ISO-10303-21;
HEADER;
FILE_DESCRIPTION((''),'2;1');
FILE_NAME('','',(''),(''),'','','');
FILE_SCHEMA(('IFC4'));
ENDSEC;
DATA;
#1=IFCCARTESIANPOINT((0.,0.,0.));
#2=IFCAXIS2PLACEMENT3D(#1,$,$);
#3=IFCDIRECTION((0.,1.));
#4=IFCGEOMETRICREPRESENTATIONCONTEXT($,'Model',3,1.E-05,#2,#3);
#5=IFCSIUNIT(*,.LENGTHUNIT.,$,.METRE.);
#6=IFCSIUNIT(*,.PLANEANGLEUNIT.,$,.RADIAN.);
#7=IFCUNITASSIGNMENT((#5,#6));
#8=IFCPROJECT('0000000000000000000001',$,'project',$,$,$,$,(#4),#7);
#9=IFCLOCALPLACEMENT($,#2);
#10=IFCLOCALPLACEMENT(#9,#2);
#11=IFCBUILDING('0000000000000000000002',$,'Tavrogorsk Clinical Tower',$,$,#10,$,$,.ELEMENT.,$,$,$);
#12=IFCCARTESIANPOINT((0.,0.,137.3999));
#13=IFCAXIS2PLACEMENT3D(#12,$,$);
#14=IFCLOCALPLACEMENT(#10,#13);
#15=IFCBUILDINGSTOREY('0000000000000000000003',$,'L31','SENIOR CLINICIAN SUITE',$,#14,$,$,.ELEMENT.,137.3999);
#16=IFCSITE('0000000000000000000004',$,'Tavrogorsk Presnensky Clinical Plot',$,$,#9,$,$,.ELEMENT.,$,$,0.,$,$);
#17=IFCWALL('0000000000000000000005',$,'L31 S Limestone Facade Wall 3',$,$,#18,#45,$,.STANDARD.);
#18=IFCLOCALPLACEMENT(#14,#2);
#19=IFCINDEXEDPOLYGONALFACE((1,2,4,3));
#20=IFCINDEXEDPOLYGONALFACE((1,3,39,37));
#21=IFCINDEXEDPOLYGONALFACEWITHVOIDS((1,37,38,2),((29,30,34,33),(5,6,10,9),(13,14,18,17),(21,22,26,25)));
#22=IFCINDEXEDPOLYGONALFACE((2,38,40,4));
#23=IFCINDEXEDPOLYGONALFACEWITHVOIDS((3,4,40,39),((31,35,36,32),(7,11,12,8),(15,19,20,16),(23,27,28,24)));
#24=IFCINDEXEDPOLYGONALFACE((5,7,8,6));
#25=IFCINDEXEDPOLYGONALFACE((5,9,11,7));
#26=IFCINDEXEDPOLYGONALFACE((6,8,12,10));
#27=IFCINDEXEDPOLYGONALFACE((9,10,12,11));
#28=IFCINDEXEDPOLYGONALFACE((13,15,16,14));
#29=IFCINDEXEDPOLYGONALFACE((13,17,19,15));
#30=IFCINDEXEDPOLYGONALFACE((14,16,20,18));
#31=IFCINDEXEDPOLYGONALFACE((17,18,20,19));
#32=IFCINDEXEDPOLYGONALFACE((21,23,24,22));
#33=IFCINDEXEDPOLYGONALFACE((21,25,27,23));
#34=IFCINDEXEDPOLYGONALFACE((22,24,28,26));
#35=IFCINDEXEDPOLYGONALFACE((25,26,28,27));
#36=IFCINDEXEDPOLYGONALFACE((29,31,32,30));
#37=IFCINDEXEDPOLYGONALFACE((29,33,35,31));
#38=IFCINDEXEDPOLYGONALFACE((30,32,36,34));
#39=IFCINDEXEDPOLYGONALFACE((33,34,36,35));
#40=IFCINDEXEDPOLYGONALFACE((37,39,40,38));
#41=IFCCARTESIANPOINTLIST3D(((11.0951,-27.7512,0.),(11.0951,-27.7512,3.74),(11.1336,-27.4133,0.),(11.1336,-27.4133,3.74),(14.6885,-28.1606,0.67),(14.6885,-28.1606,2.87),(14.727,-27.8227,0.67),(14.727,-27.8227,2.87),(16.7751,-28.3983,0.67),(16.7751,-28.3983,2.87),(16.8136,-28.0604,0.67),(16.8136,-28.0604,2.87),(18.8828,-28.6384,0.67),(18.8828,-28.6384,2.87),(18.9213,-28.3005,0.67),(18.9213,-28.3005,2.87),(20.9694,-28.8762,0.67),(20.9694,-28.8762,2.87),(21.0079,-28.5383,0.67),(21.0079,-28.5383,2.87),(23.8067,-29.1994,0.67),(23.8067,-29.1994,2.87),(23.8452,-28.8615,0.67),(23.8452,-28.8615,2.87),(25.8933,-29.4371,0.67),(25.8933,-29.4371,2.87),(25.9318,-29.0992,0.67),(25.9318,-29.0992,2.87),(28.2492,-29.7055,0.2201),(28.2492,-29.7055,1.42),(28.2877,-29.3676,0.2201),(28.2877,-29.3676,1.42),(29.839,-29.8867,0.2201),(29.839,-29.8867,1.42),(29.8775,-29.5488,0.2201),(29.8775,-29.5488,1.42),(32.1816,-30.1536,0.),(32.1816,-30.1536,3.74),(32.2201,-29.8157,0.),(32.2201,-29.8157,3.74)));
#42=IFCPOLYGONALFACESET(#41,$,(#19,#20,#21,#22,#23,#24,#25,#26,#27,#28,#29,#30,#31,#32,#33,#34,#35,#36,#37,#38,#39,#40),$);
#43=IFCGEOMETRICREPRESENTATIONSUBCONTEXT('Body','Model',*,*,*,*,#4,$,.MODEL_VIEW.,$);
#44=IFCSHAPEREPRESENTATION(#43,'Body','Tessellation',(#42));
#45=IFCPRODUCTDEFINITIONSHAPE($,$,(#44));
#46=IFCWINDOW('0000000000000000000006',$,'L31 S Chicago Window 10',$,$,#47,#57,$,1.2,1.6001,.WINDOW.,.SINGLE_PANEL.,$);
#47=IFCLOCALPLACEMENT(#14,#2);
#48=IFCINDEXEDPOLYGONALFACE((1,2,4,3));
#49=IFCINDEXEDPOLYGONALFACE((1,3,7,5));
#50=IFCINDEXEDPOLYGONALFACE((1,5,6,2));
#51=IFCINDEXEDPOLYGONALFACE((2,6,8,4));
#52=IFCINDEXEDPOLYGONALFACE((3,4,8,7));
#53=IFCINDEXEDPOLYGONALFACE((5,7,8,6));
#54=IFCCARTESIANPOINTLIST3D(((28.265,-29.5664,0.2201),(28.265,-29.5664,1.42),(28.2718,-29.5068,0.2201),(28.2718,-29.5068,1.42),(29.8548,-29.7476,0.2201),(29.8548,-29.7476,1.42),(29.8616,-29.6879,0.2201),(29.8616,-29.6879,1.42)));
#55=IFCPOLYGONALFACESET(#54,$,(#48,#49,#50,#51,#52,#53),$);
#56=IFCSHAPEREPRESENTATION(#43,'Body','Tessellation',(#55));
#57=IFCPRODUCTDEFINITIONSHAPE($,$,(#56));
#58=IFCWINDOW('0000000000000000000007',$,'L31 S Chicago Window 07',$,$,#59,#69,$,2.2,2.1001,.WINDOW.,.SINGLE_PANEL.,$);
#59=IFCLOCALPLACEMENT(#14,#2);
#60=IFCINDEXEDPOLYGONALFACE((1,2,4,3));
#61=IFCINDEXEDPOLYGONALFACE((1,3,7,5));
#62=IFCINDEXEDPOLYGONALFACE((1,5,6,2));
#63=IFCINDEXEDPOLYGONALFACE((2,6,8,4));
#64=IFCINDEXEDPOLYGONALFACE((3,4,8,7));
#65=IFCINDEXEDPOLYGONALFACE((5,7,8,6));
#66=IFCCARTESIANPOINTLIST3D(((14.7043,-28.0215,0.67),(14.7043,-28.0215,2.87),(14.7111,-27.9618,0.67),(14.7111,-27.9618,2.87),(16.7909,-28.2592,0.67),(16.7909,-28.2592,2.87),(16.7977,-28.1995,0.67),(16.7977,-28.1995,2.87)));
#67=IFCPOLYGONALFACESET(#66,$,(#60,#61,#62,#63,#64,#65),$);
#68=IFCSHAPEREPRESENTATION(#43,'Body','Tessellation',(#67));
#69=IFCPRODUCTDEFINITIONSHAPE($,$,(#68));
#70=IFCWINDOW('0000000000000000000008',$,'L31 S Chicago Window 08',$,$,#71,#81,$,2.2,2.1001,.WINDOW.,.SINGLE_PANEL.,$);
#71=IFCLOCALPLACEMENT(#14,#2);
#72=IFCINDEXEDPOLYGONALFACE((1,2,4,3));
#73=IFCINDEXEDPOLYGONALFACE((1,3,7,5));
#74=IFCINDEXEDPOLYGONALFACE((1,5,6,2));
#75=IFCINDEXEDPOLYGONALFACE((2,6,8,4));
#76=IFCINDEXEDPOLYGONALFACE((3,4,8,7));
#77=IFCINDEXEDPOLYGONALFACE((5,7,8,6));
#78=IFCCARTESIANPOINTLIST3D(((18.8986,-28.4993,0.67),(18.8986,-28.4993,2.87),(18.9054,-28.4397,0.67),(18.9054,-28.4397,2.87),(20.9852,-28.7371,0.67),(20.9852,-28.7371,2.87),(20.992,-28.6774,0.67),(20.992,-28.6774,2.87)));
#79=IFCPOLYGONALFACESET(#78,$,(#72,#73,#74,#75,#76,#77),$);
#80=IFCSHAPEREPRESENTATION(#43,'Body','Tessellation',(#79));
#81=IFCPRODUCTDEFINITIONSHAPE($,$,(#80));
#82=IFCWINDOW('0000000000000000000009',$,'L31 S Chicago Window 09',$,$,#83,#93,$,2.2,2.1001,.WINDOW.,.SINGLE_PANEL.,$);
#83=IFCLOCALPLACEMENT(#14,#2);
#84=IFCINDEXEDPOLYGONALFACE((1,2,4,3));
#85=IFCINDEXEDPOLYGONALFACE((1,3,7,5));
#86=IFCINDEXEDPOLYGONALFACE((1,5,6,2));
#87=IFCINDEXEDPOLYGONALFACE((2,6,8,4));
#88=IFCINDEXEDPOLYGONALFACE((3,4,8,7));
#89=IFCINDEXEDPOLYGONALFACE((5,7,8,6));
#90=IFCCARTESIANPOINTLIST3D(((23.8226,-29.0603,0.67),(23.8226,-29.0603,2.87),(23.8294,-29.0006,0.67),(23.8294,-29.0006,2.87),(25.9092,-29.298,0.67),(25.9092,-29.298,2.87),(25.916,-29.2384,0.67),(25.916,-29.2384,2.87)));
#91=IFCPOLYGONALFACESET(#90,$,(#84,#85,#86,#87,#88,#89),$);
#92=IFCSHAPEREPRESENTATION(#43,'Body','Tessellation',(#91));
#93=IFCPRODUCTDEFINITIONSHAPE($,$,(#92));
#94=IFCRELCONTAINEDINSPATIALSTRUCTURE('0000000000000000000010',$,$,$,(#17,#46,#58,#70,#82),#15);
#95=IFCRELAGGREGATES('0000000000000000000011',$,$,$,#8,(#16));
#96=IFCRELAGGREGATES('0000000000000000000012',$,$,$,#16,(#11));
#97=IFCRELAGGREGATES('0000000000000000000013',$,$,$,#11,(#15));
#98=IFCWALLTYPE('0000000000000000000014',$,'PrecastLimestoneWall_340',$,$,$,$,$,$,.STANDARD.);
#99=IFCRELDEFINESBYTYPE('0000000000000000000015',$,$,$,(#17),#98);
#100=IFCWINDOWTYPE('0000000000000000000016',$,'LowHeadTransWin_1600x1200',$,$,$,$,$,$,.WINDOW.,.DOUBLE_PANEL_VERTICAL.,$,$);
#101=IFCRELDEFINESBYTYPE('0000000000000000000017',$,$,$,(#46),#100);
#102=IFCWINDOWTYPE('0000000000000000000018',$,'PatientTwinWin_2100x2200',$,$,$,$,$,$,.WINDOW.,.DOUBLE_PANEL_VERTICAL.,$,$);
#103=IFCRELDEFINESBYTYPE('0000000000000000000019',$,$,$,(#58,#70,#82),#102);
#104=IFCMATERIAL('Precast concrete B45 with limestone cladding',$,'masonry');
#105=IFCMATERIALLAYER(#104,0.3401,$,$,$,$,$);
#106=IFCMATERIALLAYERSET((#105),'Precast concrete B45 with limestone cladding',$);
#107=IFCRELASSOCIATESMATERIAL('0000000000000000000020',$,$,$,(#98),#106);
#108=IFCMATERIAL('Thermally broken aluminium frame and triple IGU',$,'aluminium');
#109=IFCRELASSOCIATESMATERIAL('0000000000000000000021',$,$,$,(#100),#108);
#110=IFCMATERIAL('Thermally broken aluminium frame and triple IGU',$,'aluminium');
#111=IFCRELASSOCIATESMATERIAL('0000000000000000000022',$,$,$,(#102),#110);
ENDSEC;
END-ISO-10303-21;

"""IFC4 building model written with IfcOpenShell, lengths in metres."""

from ifc_helpers import new_model, si_unit, direction, frame, frame_2d, origin, place, context, subcontext, project, spatial, rectangle, extrude, material, layer, layer_set, type_object, element, fill, save


model = new_model("IFC4")

# Units and contexts
model_context = context("Model", 3, precision=1e-05, world=origin(), true_north=direction((0.0, 1.0)))
body_context = subcontext(model_context, "Body", "Model", "MODEL_VIEW")
ifc_project = project(units=[si_unit("LENGTHUNIT", "METRE"), si_unit("PLANEANGLEUNIT", "RADIAN")], contexts=[model_context])

# Site, building, storey
site_placement = place(None, origin())
site = spatial("IfcSite", under=ifc_project, at=site_placement, Name="Tavrogorsk Presnensky Clinical Plot", CompositionType="ELEMENT", RefElevation=0.0)
building_placement = place(site_placement, origin())
building = spatial("IfcBuilding", under=site, at=building_placement, Name="Tavrogorsk Clinical Tower", CompositionType="ELEMENT")
storey_placement = place(building_placement, frame((0.0, 0.0, 137.3999)))
storey = spatial("IfcBuildingStorey", under=building, at=storey_placement, Name="L31", Description="SENIOR CLINICIAN SUITE", CompositionType="ELEMENT", Elevation=137.3999)

# Wall, openings, windows
ifc_material_1 = material(Name="Precast concrete B45 with limestone cladding", Category="masonry")
ifc_layer_1 = layer(ifc_material_1, 0.3401)
ifc_layer_set_1 = layer_set([ifc_layer_1], Name="Precast concrete B45 with limestone cladding")
wall_type_1 = type_object("IfcWallType", Name="PrecastLimestoneWall_340", PredefinedType="STANDARD", material=ifc_layer_set_1)
wall_1_placement = place(storey_placement, frame((11.1145, -27.5823, 0.0), z_axis=(0.0, 0.0, 1.0), x_axis=(0.993573, -0.113196, 0.0)))
wall_1 = element("IfcWall", 1, at=wall_1_placement, inside=storey, type_object=wall_type_1, Name="L31 S Limestone Facade Wall 3", PredefinedType="STANDARD", context=body_context, shape_type="SweptSolid", body=[
    extrude(rectangle(XDim=21.2229, YDim=0.3401, at=frame_2d((10.6113, 0.0))), origin(), (0.0, 0.0, 1.0), 3.74),
])
opening_1_placement = place(wall_1_placement, frame((3.6165, 0.0, 0.6699)))
opening_1 = element("IfcOpeningElement", 2, at=opening_1_placement, cuts=wall_1, PredefinedType="OPENING", context=body_context, shape_type="SweptSolid", body=[
    extrude(rectangle(XDim=2.1001, YDim=2.2, at=frame_2d((1.05, 1.1001))), frame((0.0, 0.1799, 0.0), z_axis=(0.0, -1.0, 0.0), x_axis=(1.0, 0.0, 0.0)), (0.0, 0.0, 1.0), 0.3601),
])
opening_2_placement = place(wall_1_placement, frame((7.8379, 0.0, 0.6699)))
opening_2 = element("IfcOpeningElement", 3, at=opening_2_placement, cuts=wall_1, PredefinedType="OPENING", context=body_context, shape_type="SweptSolid", body=[
    extrude(rectangle(XDim=2.1001, YDim=2.2, at=frame_2d((1.05, 1.1001))), frame((0.0, 0.1799, 0.0), z_axis=(0.0, -1.0, 0.0), x_axis=(1.0, 0.0, 0.0)), (0.0, 0.0, 1.0), 0.3601),
])
opening_3_placement = place(wall_1_placement, frame((12.7937, 0.0, 0.6699)))
opening_3 = element("IfcOpeningElement", 4, at=opening_3_placement, cuts=wall_1, PredefinedType="OPENING", context=body_context, shape_type="SweptSolid", body=[
    extrude(rectangle(XDim=2.1001, YDim=2.2, at=frame_2d((1.05, 1.1001))), frame((0.0, 0.1799, 0.0), z_axis=(0.0, -1.0, 0.0), x_axis=(1.0, 0.0, 0.0)), (0.0, 0.0, 1.0), 0.3601),
])
opening_4_placement = place(wall_1_placement, frame((17.2649, 0.0, 0.22)))
opening_4 = element("IfcOpeningElement", 5, at=opening_4_placement, cuts=wall_1, PredefinedType="OPENING", context=body_context, shape_type="SweptSolid", body=[
    extrude(rectangle(XDim=1.6001, YDim=1.2, at=frame_2d((0.8, 0.6001))), frame((0.0, 0.1799, 0.0), z_axis=(0.0, -1.0, 0.0), x_axis=(1.0, 0.0, 0.0)), (0.0, 0.0, 1.0), 0.3601),
])
ifc_material_2 = material(Name="Thermally broken aluminium frame and triple IGU", Category="aluminium")
window_type_1 = type_object("IfcWindowType", Name="LowHeadTransWin_1600x1200", PartitioningType="DOUBLE_PANEL_VERTICAL", PredefinedType="WINDOW", material=ifc_material_2)
window_1_placement = place(opening_4_placement, origin())
window_1 = element("IfcWindow", 6, at=window_1_placement, inside=storey, type_object=window_type_1, Name="L31 S Chicago Window 10", OverallHeight=1.2, OverallWidth=1.6001, PartitioningType="SINGLE_PANEL", PredefinedType="WINDOW", context=body_context, shape_type="SweptSolid", body=[
    extrude(rectangle(XDim=1.6001, YDim=1.2, at=frame_2d((0.8, 0.6001))), frame((0.0, 0.03, 0.0), z_axis=(0.0, -1.0, 0.0), x_axis=(1.0, 0.0, 0.0)), (0.0, 0.0, 1.0), 0.0601),
])
fill(opening_4, window_1)
ifc_material_3 = material(Name="Thermally broken aluminium frame and triple IGU", Category="aluminium")
window_type_2 = type_object("IfcWindowType", Name="PatientTwinWin_2100x2200", PartitioningType="DOUBLE_PANEL_VERTICAL", PredefinedType="WINDOW", material=ifc_material_3)
window_2_placement = place(opening_1_placement, origin())
window_2 = element("IfcWindow", 7, at=window_2_placement, inside=storey, type_object=window_type_2, Name="L31 S Chicago Window 07", OverallHeight=2.2, OverallWidth=2.1001, PartitioningType="SINGLE_PANEL", PredefinedType="WINDOW", context=body_context, shape_type="SweptSolid", body=[
    extrude(rectangle(XDim=2.1001, YDim=2.2, at=frame_2d((1.05, 1.1001))), frame((0.0, 0.03, 0.0), z_axis=(0.0, -1.0, 0.0), x_axis=(1.0, 0.0, 0.0)), (0.0, 0.0, 1.0), 0.0601),
])
fill(opening_1, window_2)
window_3_placement = place(opening_2_placement, origin())
window_3 = element("IfcWindow", 8, at=window_3_placement, inside=storey, type_object=window_type_2, Name="L31 S Chicago Window 08", OverallHeight=2.2, OverallWidth=2.1001, PartitioningType="SINGLE_PANEL", PredefinedType="WINDOW", context=body_context, shape_type="SweptSolid", body=[
    extrude(rectangle(XDim=2.1001, YDim=2.2, at=frame_2d((1.05, 1.1001))), frame((0.0, 0.03, 0.0), z_axis=(0.0, -1.0, 0.0), x_axis=(1.0, 0.0, 0.0)), (0.0, 0.0, 1.0), 0.0601),
])
fill(opening_2, window_3)
window_4_placement = place(opening_3_placement, origin())
window_4 = element("IfcWindow", 9, at=window_4_placement, inside=storey, type_object=window_type_2, Name="L31 S Chicago Window 09", OverallHeight=2.2, OverallWidth=2.1001, PartitioningType="SINGLE_PANEL", PredefinedType="WINDOW", context=body_context, shape_type="SweptSolid", body=[
    extrude(rectangle(XDim=2.1001, YDim=2.2, at=frame_2d((1.05, 1.1001))), frame((0.0, 0.03, 0.0), z_axis=(0.0, -1.0, 0.0), x_axis=(1.0, 0.0, 0.0)), (0.0, 0.0, 1.0), 0.0601),
])
fill(opening_3, window_4)

save(model, "model.ifc")
